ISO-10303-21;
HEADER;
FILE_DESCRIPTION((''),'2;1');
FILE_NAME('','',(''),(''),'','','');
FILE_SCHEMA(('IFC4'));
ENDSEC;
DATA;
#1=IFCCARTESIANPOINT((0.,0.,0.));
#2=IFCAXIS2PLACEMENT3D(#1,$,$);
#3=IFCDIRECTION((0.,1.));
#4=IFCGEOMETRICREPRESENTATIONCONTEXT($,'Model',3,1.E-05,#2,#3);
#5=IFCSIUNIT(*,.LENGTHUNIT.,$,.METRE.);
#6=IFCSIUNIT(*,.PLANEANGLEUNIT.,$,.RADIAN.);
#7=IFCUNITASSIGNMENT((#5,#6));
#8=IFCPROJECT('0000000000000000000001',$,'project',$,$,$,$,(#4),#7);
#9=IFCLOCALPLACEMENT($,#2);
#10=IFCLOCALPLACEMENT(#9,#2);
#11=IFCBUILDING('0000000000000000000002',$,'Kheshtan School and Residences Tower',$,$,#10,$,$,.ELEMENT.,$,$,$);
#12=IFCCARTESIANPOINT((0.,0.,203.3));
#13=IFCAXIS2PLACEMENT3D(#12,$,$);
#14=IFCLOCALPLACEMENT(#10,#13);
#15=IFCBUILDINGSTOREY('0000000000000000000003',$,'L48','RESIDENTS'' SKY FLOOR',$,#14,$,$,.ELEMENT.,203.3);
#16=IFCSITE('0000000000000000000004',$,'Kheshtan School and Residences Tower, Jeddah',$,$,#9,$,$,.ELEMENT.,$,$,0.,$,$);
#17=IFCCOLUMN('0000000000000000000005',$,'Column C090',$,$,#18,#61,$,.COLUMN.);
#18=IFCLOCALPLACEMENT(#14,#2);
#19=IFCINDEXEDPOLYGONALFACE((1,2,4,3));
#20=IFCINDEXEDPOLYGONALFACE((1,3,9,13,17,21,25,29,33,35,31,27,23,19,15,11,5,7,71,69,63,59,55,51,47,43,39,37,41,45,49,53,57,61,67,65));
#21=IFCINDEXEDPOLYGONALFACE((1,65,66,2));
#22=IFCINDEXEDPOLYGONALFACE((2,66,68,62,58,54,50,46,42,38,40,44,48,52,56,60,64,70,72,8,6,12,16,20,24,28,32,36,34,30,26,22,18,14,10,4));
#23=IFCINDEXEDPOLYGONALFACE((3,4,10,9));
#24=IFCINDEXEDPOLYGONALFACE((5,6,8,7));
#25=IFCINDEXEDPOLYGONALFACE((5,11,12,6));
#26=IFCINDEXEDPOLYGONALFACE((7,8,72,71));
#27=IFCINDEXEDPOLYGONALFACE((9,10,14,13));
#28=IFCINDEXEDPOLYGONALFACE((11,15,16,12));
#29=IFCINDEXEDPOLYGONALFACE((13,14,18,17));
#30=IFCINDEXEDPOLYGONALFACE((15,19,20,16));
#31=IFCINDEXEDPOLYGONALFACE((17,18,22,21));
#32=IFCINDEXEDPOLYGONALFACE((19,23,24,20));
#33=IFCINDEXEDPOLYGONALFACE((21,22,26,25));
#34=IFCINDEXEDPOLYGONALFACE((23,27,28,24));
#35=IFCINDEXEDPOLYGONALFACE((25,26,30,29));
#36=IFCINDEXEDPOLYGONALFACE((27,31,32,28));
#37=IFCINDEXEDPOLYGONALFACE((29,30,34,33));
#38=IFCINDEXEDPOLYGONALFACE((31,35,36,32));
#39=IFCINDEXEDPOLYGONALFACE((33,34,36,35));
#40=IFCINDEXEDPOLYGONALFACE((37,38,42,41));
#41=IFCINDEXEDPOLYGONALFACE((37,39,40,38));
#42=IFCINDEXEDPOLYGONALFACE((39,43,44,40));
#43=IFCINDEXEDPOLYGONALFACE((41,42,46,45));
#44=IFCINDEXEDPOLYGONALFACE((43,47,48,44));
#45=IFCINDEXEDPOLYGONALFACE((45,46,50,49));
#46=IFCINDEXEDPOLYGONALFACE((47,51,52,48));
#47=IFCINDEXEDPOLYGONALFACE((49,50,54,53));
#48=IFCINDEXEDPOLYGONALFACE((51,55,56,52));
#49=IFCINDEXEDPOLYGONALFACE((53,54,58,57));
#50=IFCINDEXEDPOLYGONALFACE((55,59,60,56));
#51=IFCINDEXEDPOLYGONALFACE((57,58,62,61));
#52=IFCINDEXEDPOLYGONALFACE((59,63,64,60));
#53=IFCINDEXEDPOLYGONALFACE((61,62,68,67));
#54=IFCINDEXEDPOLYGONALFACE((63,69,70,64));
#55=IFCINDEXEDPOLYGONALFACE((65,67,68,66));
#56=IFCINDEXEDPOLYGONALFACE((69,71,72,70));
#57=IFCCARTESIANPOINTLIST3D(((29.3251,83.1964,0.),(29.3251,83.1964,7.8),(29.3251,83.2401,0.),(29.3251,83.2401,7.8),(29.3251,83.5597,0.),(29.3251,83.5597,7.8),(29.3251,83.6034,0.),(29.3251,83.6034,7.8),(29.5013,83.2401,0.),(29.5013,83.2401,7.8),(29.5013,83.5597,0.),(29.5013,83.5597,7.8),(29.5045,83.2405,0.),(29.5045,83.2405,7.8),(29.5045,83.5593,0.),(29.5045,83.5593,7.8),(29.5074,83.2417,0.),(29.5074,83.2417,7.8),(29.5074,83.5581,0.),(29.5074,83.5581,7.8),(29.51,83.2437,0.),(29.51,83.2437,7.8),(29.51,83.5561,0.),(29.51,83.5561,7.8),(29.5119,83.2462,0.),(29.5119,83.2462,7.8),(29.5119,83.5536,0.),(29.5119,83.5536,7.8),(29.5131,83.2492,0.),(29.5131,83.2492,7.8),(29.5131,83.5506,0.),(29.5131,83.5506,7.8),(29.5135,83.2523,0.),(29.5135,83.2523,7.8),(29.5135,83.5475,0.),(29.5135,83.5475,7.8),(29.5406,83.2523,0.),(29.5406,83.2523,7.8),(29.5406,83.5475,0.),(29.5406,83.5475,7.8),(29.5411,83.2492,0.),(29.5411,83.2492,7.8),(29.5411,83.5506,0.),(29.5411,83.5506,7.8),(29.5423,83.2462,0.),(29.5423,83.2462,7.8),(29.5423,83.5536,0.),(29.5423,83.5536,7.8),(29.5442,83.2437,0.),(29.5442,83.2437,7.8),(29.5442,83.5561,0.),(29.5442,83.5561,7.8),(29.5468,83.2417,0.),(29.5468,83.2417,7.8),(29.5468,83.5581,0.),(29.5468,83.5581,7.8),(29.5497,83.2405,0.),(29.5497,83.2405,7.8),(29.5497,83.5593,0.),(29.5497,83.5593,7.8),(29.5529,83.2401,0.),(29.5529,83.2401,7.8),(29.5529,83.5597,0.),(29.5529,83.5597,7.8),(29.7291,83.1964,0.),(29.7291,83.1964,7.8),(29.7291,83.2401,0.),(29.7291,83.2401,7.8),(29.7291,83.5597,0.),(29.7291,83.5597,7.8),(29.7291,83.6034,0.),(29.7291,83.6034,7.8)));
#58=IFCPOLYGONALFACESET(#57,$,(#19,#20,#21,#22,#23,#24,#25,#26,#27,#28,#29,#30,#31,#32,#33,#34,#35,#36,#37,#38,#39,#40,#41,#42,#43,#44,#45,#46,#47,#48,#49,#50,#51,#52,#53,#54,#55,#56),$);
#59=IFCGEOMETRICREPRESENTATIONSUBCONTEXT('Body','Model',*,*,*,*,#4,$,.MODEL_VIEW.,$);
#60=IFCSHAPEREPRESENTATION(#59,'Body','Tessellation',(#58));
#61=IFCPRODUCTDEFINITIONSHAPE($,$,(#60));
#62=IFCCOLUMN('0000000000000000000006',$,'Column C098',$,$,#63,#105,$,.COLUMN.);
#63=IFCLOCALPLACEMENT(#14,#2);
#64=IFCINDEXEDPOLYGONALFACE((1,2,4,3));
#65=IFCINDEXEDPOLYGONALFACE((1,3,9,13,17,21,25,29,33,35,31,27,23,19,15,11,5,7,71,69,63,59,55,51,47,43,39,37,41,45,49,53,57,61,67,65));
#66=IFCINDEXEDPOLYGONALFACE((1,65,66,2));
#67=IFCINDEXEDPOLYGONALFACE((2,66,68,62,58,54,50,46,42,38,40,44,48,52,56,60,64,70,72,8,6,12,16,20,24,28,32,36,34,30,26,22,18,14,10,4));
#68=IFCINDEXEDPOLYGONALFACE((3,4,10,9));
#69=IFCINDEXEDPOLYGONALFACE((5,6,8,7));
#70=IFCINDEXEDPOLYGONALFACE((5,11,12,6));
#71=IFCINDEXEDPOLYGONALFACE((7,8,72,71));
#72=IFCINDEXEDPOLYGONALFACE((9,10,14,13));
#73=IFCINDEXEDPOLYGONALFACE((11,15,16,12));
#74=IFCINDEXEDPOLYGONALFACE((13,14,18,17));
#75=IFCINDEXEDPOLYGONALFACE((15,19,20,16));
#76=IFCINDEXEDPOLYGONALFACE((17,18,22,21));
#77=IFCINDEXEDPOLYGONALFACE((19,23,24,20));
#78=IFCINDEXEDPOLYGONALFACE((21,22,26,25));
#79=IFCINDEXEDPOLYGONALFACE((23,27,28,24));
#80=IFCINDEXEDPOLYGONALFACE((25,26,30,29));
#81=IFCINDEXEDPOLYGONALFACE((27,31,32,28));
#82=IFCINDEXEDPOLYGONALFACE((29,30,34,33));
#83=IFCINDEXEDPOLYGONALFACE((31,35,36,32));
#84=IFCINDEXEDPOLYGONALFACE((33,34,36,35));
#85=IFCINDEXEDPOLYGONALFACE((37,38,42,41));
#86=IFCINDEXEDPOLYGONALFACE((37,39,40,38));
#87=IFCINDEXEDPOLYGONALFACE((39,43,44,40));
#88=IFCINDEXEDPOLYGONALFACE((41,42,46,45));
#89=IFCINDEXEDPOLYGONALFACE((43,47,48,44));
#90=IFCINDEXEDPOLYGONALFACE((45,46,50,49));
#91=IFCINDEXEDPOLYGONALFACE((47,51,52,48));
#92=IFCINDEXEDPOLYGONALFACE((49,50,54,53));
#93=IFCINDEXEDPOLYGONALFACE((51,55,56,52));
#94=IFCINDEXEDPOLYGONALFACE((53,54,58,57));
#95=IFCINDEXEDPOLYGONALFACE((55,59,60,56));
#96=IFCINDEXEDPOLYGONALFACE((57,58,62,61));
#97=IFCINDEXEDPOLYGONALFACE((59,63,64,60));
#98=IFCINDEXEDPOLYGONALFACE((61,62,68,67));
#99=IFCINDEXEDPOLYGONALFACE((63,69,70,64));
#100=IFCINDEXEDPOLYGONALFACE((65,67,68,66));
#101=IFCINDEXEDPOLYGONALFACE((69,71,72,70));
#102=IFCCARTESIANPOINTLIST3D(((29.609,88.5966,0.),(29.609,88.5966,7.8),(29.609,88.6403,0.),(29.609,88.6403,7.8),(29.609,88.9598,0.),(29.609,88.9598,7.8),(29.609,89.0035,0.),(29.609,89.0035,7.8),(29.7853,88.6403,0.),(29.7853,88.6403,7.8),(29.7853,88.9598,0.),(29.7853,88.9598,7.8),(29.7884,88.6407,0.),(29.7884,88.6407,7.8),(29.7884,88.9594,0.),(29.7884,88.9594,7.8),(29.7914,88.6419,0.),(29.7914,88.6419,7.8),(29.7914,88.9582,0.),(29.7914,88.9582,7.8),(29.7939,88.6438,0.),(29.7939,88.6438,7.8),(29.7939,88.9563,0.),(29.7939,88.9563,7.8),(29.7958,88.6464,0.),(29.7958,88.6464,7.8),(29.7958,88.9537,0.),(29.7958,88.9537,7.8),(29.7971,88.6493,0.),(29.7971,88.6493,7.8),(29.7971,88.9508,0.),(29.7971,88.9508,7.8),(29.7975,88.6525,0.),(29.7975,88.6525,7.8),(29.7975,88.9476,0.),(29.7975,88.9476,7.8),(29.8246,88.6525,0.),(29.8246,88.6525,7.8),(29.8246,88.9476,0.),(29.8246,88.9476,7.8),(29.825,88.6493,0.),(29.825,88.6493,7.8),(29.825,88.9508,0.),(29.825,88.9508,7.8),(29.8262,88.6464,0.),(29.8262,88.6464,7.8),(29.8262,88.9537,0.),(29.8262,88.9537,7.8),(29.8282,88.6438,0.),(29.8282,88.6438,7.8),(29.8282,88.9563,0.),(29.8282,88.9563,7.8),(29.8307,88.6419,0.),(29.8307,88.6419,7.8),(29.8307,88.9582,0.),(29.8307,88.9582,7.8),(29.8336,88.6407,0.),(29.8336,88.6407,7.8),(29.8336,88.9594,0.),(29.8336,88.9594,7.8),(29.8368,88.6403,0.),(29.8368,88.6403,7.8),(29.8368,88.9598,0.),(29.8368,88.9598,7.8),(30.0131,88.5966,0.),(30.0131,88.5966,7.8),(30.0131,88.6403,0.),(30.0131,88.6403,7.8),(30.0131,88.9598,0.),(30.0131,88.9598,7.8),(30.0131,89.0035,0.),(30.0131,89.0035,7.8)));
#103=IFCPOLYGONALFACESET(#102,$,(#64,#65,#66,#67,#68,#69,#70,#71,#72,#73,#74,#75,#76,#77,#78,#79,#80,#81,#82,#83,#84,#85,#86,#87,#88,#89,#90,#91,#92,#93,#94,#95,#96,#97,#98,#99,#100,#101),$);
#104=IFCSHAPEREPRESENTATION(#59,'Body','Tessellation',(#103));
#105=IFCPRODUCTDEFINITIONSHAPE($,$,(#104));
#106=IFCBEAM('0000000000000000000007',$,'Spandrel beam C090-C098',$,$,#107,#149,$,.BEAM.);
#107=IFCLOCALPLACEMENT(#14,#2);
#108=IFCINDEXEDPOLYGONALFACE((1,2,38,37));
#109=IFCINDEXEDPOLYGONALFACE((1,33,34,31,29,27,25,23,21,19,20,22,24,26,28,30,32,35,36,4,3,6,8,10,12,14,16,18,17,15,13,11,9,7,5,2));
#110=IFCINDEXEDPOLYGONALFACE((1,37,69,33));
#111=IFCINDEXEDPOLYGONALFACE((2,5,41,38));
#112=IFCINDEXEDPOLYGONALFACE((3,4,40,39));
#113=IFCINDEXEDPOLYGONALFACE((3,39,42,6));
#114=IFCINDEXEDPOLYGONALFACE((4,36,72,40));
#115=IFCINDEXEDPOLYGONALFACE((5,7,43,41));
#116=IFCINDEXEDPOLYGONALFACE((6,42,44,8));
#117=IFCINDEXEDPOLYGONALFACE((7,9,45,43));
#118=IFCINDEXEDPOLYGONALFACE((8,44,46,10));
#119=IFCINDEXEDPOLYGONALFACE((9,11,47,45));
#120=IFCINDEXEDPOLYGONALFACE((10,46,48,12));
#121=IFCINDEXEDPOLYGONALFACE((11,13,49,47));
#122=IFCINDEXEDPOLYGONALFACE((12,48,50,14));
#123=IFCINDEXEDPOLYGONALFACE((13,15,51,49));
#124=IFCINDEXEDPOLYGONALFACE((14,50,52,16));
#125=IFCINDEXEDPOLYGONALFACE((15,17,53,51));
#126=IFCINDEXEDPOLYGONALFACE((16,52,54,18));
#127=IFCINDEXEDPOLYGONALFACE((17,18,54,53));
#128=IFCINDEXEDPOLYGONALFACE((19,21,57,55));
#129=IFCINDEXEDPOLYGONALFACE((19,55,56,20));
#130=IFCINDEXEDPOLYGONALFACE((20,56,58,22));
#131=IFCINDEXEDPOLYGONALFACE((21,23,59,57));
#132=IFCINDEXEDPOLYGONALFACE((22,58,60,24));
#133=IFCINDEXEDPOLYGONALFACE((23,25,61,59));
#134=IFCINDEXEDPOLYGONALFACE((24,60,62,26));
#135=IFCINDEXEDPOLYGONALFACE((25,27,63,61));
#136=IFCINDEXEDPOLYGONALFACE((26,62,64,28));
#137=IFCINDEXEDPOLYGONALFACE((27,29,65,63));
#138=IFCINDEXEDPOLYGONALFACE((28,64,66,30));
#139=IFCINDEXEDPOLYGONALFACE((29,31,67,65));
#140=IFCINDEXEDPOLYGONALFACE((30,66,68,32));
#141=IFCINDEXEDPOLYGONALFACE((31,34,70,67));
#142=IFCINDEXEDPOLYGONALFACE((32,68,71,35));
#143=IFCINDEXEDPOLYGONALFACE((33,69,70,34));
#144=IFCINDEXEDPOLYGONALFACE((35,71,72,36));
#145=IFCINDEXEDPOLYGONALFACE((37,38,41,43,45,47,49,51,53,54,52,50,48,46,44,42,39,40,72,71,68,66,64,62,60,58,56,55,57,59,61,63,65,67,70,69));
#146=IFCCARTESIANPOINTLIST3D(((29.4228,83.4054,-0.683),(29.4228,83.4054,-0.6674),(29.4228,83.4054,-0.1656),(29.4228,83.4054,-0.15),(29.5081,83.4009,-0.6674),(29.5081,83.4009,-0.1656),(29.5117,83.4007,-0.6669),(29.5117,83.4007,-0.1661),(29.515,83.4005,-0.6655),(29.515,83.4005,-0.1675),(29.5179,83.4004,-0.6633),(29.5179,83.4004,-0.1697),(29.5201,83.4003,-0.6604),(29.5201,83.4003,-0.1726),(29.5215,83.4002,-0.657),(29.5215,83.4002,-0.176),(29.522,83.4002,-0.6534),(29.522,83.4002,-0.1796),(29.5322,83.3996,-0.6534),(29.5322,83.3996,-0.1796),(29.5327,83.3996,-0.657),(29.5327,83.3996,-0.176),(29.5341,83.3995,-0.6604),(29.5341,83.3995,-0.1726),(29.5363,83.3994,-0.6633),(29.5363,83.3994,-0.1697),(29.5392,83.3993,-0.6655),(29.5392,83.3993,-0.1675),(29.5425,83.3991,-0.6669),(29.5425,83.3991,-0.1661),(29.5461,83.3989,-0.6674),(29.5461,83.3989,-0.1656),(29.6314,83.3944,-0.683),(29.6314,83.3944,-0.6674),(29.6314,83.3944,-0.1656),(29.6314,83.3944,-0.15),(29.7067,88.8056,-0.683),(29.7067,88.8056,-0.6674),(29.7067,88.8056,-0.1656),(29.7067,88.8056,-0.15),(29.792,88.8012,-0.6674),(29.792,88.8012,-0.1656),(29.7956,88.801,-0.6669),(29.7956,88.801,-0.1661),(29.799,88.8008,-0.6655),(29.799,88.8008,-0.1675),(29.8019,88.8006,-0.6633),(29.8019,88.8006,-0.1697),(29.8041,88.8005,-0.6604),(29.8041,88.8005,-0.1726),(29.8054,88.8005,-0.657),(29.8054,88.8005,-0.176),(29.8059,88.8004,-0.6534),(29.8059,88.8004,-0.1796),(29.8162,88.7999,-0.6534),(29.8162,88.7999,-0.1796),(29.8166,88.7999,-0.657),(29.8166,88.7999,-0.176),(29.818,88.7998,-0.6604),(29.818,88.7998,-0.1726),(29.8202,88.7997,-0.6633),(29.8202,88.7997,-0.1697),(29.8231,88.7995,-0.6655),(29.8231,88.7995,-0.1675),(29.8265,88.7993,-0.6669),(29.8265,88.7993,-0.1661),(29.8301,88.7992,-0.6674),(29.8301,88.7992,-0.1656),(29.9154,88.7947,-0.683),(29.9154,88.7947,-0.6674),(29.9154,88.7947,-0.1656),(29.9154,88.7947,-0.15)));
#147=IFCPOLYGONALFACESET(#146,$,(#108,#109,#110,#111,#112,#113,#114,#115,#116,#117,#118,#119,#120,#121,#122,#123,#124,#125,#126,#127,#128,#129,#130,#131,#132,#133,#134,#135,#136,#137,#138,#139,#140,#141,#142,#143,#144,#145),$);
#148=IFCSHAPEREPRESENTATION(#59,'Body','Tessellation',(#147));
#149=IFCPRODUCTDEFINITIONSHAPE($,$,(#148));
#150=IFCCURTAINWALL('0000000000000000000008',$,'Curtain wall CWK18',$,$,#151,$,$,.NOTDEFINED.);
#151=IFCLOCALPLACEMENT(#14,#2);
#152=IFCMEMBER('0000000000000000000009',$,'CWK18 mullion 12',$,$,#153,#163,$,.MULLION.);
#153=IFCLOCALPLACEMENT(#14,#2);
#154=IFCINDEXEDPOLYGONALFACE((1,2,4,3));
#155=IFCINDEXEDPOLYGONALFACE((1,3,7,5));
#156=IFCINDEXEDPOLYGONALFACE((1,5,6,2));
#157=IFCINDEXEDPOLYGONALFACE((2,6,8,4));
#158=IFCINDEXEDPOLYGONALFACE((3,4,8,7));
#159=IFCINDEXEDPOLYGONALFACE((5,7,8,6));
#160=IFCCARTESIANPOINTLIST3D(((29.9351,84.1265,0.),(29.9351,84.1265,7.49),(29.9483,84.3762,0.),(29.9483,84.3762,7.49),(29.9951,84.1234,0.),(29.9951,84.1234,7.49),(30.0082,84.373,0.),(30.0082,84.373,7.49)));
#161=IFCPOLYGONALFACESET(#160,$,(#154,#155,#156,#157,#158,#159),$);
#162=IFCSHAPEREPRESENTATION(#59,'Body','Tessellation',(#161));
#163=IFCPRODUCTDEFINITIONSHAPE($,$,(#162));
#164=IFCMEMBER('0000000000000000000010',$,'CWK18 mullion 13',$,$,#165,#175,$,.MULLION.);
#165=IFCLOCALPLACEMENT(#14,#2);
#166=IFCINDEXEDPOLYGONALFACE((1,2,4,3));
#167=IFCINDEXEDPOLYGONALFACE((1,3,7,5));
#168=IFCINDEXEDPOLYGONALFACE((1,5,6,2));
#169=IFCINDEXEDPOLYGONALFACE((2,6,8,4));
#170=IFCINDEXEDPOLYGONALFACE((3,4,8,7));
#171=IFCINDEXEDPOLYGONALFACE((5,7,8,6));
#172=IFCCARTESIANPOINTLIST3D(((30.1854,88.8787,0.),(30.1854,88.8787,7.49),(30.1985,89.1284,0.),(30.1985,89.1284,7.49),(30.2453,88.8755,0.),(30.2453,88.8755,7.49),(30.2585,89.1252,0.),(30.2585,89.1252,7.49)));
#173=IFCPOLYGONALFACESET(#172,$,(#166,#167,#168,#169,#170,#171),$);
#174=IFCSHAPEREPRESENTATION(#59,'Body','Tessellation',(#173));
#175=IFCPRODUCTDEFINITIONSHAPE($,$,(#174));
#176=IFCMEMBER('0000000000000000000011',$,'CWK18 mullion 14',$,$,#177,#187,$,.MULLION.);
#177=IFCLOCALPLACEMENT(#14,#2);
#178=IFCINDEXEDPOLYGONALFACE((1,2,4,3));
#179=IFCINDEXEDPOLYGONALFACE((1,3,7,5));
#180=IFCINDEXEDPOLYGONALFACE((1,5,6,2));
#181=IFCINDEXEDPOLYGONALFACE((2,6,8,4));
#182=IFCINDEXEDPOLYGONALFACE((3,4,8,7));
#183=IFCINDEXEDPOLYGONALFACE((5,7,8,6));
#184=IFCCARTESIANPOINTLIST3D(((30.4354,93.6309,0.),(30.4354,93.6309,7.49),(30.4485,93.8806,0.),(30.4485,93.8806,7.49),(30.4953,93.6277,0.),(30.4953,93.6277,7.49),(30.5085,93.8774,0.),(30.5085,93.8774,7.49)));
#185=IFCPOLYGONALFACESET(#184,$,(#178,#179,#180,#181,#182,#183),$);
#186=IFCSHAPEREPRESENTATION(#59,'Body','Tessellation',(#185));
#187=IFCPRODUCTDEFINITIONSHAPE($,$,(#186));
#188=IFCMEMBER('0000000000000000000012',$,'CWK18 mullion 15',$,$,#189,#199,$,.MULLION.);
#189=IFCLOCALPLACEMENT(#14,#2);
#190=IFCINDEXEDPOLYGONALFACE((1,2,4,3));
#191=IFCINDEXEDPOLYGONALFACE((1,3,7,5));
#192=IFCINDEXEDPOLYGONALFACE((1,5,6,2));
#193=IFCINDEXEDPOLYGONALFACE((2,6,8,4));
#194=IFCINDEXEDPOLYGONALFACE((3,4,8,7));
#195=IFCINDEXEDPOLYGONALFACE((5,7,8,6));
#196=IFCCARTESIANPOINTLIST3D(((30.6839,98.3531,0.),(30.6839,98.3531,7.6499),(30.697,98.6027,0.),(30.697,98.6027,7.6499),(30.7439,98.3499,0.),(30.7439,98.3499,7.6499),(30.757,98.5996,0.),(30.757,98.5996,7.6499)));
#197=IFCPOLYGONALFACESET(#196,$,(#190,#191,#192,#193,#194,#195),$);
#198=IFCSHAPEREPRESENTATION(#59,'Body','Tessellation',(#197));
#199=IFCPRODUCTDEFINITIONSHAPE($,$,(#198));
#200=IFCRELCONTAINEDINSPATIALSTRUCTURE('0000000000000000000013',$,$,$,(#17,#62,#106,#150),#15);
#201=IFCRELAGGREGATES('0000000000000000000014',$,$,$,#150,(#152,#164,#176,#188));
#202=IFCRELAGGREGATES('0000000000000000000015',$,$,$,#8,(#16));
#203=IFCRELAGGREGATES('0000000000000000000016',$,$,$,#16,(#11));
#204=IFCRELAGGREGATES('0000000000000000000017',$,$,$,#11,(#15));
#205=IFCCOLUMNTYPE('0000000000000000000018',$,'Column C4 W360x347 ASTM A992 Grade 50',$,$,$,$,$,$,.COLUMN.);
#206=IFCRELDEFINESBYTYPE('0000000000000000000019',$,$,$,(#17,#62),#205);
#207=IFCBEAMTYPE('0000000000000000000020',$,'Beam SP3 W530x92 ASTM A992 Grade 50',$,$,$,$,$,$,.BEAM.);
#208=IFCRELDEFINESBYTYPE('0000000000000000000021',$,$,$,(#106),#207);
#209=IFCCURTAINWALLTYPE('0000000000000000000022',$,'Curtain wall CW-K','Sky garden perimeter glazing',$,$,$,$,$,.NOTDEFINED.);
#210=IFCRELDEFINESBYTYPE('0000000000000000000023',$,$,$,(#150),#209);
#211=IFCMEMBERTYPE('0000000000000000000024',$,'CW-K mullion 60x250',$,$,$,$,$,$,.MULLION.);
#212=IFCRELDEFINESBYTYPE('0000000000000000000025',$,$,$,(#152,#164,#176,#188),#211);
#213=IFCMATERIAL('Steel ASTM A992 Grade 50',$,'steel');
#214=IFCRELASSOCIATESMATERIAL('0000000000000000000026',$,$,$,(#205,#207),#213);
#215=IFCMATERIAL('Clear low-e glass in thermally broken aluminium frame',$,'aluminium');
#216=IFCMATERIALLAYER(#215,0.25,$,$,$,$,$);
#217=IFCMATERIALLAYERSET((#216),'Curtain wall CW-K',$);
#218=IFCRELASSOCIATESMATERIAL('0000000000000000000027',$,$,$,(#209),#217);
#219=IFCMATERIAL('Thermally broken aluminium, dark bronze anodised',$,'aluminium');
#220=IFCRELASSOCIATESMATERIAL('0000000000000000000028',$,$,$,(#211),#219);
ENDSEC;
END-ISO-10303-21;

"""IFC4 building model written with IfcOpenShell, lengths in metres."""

from ifc_helpers import new_model, si_unit, direction, frame, origin, origin_2d, place, context, subcontext, project, spatial, rectangle, i_section, extrude, material, layer, layer_set, material_profile, profile_set, type_object, element, aggregate, save


model = new_model("IFC4")

# Units and contexts
model_context = context("Model", 3, precision=1e-05, world=origin(), true_north=direction((0.0, 1.0)))
body_context = subcontext(model_context, "Body", "Model", "MODEL_VIEW")
ifc_project = project(units=[si_unit("LENGTHUNIT", "METRE"), si_unit("PLANEANGLEUNIT", "RADIAN")], contexts=[model_context])

# Site, building, storey
site_placement = place(None, origin())
site = spatial("IfcSite", under=ifc_project, at=site_placement, Name="Kheshtan School and Residences Tower, Jeddah", CompositionType="ELEMENT", RefElevation=0.0)
building_placement = place(site_placement, origin())
building = spatial("IfcBuilding", under=site, at=building_placement, Name="Kheshtan School and Residences Tower", CompositionType="ELEMENT")
storey_placement = place(building_placement, frame((0.0, 0.0, 203.3)))
storey = spatial("IfcBuildingStorey", under=building, at=storey_placement, Name="L48", Description="RESIDENTS' SKY FLOOR", CompositionType="ELEMENT", Elevation=203.3)

# Columns
ifc_material_1 = material(Name="Steel ASTM A992 Grade 50", Category="steel")
ifc_material_profile_1 = material_profile(ifc_material_1, i_section(OverallWidth=0.4041, OverallDepth=0.407, WebThickness=0.0271, FlangeThickness=0.0437, FilletRadius=0.0122, at=origin_2d()), Name="W360x347")
ifc_profile_set_1 = profile_set([ifc_material_profile_1], Name="Steel ASTM A992 Grade 50")
column_type = type_object("IfcColumnType", Name="Column C4 W360x347 ASTM A992 Grade 50", PredefinedType="COLUMN", material=ifc_profile_set_1)
for number, where, z_axis, x_axis, name in (
    (1, (29.5271, 83.3999, 0.0), (0.0, 0.0, 1.0), (1.0, 0.0, 0.0), "Column C090"),
    (2, (29.811, 88.8, 0.0), (0.0, 0.0, 1.0), (1.0, 0.0, 0.0), "Column C098"),
):
    element("IfcColumn", number, at=place(storey_placement, frame(where, z_axis=z_axis, x_axis=x_axis)), inside=storey, type_object=column_type, Name=name, PredefinedType="COLUMN", context=body_context, shape_type="SweptSolid", body=[
        extrude(i_section(OverallWidth=0.4041, OverallDepth=0.407, WebThickness=0.0271, FlangeThickness=0.0437, FilletRadius=0.0122, at=origin_2d()), origin(), (0.0, 0.0, 1.0), 7.8),
    ])

# Beam
ifc_material_profile_2 = material_profile(ifc_material_1, i_section(OverallWidth=0.209, OverallDepth=0.533, WebThickness=0.0103, FlangeThickness=0.0156, FilletRadius=0.0139, at=origin_2d()), Name="W530x92")
ifc_profile_set_2 = profile_set([ifc_material_profile_2], Name="Steel ASTM A992 Grade 50")
beam_type_1 = type_object("IfcBeamType", Name="Beam SP3 W530x92 ASTM A992 Grade 50", PredefinedType="BEAM", material=ifc_profile_set_2)
beam_1_placement = place(storey_placement, frame((29.5271, 83.3999, -0.4165), z_axis=(0.052507, 0.998621, 0.0), x_axis=(-0.998621, 0.052507, 0.0)))
element("IfcBeam", 3, at=beam_1_placement, inside=storey, type_object=beam_type_1, Name="Spandrel beam C090-C098", PredefinedType="BEAM", context=body_context, shape_type="SweptSolid", body=[
    extrude(i_section(OverallWidth=0.209, OverallDepth=0.533, WebThickness=0.0103, FlangeThickness=0.0156, FilletRadius=0.0139, at=origin_2d()), origin(), (0.0, 0.0, 1.0), 5.4077),
])

# Curtain wall, members
ifc_material_2 = material(Name="Clear low-e glass in thermally broken aluminium frame", Category="aluminium")
ifc_layer_1 = layer(ifc_material_2, 0.25)
ifc_layer_set_1 = layer_set([ifc_layer_1], Name="Curtain wall CW-K")
curtain_wall_type = type_object("IfcCurtainWallType", Name="Curtain wall CW-K", Description="Sky garden perimeter glazing", PredefinedType="NOTDEFINED", material=ifc_layer_set_1)
curtain_wall_1_placement = place(storey_placement, origin())
curtain_wall_1 = element("IfcCurtainWall", 4, at=curtain_wall_1_placement, inside=storey, type_object=curtain_wall_type, Name="Curtain wall CWK18", PredefinedType="NOTDEFINED")
ifc_material_3 = material(Name="Thermally broken aluminium, dark bronze anodised", Category="aluminium")
ifc_material_profile_3 = material_profile(ifc_material_3, rectangle(XDim=0.0601, YDim=0.25, at=origin_2d()), Name="CW-K mullion 60x250")
ifc_profile_set_3 = profile_set([ifc_material_profile_3], Name="Thermally broken aluminium, dark bronze anodised")
member_type_1 = type_object("IfcMemberType", Name="CW-K mullion 60x250", PredefinedType="MULLION", material=ifc_profile_set_3)
member_1_placement = place(storey_placement, frame((29.9717, 84.2498, 0.0), z_axis=(0.0, 0.0, 1.0), x_axis=(-0.998617, 0.052565, 0.0)))
member_1 = element("IfcMember", 5, at=member_1_placement, type_object=member_type_1, Name="CWK18 mullion 12", PredefinedType="MULLION", context=body_context, shape_type="SweptSolid", body=[
    extrude(rectangle(XDim=0.0601, YDim=0.25, at=origin_2d()), origin(), (0.0, 0.0, 1.0), 7.49),
])
member_2_placement = place(storey_placement, frame((30.2219, 89.002, 0.0), z_axis=(0.0, 0.0, 1.0), x_axis=(-0.998617, 0.052565, 0.0)))
member_2 = element("IfcMember", 6, at=member_2_placement, type_object=member_type_1, Name="CWK18 mullion 13", PredefinedType="MULLION", context=body_context, shape_type="SweptSolid", body=[
    extrude(rectangle(XDim=0.0601, YDim=0.25, at=origin_2d()), origin(), (0.0, 0.0, 1.0), 7.49),
])
member_3_placement = place(storey_placement, frame((30.4719, 93.7542, 0.0), z_axis=(0.0, 0.0, 1.0), x_axis=(-0.998617, 0.052565, 0.0)))
member_3 = element("IfcMember", 7, at=member_3_placement, type_object=member_type_1, Name="CWK18 mullion 14", PredefinedType="MULLION", context=body_context, shape_type="SweptSolid", body=[
    extrude(rectangle(XDim=0.0601, YDim=0.25, at=origin_2d()), origin(), (0.0, 0.0, 1.0), 7.49),
])
member_4_placement = place(storey_placement, frame((30.7205, 98.4763, 0.0), z_axis=(0.0, 0.0, 1.0), x_axis=(-0.998617, 0.052565, 0.0)))
member_4 = element("IfcMember", 8, at=member_4_placement, type_object=member_type_1, Name="CWK18 mullion 15", PredefinedType="MULLION", context=body_context, shape_type="SweptSolid", body=[
    extrude(rectangle(XDim=0.0601, YDim=0.25, at=origin_2d()), origin(), (0.0, 0.0, 1.0), 7.6499),
])

aggregate(curtain_wall_1, [member_1, member_2, member_3, member_4])

save(model, "model.ifc")
